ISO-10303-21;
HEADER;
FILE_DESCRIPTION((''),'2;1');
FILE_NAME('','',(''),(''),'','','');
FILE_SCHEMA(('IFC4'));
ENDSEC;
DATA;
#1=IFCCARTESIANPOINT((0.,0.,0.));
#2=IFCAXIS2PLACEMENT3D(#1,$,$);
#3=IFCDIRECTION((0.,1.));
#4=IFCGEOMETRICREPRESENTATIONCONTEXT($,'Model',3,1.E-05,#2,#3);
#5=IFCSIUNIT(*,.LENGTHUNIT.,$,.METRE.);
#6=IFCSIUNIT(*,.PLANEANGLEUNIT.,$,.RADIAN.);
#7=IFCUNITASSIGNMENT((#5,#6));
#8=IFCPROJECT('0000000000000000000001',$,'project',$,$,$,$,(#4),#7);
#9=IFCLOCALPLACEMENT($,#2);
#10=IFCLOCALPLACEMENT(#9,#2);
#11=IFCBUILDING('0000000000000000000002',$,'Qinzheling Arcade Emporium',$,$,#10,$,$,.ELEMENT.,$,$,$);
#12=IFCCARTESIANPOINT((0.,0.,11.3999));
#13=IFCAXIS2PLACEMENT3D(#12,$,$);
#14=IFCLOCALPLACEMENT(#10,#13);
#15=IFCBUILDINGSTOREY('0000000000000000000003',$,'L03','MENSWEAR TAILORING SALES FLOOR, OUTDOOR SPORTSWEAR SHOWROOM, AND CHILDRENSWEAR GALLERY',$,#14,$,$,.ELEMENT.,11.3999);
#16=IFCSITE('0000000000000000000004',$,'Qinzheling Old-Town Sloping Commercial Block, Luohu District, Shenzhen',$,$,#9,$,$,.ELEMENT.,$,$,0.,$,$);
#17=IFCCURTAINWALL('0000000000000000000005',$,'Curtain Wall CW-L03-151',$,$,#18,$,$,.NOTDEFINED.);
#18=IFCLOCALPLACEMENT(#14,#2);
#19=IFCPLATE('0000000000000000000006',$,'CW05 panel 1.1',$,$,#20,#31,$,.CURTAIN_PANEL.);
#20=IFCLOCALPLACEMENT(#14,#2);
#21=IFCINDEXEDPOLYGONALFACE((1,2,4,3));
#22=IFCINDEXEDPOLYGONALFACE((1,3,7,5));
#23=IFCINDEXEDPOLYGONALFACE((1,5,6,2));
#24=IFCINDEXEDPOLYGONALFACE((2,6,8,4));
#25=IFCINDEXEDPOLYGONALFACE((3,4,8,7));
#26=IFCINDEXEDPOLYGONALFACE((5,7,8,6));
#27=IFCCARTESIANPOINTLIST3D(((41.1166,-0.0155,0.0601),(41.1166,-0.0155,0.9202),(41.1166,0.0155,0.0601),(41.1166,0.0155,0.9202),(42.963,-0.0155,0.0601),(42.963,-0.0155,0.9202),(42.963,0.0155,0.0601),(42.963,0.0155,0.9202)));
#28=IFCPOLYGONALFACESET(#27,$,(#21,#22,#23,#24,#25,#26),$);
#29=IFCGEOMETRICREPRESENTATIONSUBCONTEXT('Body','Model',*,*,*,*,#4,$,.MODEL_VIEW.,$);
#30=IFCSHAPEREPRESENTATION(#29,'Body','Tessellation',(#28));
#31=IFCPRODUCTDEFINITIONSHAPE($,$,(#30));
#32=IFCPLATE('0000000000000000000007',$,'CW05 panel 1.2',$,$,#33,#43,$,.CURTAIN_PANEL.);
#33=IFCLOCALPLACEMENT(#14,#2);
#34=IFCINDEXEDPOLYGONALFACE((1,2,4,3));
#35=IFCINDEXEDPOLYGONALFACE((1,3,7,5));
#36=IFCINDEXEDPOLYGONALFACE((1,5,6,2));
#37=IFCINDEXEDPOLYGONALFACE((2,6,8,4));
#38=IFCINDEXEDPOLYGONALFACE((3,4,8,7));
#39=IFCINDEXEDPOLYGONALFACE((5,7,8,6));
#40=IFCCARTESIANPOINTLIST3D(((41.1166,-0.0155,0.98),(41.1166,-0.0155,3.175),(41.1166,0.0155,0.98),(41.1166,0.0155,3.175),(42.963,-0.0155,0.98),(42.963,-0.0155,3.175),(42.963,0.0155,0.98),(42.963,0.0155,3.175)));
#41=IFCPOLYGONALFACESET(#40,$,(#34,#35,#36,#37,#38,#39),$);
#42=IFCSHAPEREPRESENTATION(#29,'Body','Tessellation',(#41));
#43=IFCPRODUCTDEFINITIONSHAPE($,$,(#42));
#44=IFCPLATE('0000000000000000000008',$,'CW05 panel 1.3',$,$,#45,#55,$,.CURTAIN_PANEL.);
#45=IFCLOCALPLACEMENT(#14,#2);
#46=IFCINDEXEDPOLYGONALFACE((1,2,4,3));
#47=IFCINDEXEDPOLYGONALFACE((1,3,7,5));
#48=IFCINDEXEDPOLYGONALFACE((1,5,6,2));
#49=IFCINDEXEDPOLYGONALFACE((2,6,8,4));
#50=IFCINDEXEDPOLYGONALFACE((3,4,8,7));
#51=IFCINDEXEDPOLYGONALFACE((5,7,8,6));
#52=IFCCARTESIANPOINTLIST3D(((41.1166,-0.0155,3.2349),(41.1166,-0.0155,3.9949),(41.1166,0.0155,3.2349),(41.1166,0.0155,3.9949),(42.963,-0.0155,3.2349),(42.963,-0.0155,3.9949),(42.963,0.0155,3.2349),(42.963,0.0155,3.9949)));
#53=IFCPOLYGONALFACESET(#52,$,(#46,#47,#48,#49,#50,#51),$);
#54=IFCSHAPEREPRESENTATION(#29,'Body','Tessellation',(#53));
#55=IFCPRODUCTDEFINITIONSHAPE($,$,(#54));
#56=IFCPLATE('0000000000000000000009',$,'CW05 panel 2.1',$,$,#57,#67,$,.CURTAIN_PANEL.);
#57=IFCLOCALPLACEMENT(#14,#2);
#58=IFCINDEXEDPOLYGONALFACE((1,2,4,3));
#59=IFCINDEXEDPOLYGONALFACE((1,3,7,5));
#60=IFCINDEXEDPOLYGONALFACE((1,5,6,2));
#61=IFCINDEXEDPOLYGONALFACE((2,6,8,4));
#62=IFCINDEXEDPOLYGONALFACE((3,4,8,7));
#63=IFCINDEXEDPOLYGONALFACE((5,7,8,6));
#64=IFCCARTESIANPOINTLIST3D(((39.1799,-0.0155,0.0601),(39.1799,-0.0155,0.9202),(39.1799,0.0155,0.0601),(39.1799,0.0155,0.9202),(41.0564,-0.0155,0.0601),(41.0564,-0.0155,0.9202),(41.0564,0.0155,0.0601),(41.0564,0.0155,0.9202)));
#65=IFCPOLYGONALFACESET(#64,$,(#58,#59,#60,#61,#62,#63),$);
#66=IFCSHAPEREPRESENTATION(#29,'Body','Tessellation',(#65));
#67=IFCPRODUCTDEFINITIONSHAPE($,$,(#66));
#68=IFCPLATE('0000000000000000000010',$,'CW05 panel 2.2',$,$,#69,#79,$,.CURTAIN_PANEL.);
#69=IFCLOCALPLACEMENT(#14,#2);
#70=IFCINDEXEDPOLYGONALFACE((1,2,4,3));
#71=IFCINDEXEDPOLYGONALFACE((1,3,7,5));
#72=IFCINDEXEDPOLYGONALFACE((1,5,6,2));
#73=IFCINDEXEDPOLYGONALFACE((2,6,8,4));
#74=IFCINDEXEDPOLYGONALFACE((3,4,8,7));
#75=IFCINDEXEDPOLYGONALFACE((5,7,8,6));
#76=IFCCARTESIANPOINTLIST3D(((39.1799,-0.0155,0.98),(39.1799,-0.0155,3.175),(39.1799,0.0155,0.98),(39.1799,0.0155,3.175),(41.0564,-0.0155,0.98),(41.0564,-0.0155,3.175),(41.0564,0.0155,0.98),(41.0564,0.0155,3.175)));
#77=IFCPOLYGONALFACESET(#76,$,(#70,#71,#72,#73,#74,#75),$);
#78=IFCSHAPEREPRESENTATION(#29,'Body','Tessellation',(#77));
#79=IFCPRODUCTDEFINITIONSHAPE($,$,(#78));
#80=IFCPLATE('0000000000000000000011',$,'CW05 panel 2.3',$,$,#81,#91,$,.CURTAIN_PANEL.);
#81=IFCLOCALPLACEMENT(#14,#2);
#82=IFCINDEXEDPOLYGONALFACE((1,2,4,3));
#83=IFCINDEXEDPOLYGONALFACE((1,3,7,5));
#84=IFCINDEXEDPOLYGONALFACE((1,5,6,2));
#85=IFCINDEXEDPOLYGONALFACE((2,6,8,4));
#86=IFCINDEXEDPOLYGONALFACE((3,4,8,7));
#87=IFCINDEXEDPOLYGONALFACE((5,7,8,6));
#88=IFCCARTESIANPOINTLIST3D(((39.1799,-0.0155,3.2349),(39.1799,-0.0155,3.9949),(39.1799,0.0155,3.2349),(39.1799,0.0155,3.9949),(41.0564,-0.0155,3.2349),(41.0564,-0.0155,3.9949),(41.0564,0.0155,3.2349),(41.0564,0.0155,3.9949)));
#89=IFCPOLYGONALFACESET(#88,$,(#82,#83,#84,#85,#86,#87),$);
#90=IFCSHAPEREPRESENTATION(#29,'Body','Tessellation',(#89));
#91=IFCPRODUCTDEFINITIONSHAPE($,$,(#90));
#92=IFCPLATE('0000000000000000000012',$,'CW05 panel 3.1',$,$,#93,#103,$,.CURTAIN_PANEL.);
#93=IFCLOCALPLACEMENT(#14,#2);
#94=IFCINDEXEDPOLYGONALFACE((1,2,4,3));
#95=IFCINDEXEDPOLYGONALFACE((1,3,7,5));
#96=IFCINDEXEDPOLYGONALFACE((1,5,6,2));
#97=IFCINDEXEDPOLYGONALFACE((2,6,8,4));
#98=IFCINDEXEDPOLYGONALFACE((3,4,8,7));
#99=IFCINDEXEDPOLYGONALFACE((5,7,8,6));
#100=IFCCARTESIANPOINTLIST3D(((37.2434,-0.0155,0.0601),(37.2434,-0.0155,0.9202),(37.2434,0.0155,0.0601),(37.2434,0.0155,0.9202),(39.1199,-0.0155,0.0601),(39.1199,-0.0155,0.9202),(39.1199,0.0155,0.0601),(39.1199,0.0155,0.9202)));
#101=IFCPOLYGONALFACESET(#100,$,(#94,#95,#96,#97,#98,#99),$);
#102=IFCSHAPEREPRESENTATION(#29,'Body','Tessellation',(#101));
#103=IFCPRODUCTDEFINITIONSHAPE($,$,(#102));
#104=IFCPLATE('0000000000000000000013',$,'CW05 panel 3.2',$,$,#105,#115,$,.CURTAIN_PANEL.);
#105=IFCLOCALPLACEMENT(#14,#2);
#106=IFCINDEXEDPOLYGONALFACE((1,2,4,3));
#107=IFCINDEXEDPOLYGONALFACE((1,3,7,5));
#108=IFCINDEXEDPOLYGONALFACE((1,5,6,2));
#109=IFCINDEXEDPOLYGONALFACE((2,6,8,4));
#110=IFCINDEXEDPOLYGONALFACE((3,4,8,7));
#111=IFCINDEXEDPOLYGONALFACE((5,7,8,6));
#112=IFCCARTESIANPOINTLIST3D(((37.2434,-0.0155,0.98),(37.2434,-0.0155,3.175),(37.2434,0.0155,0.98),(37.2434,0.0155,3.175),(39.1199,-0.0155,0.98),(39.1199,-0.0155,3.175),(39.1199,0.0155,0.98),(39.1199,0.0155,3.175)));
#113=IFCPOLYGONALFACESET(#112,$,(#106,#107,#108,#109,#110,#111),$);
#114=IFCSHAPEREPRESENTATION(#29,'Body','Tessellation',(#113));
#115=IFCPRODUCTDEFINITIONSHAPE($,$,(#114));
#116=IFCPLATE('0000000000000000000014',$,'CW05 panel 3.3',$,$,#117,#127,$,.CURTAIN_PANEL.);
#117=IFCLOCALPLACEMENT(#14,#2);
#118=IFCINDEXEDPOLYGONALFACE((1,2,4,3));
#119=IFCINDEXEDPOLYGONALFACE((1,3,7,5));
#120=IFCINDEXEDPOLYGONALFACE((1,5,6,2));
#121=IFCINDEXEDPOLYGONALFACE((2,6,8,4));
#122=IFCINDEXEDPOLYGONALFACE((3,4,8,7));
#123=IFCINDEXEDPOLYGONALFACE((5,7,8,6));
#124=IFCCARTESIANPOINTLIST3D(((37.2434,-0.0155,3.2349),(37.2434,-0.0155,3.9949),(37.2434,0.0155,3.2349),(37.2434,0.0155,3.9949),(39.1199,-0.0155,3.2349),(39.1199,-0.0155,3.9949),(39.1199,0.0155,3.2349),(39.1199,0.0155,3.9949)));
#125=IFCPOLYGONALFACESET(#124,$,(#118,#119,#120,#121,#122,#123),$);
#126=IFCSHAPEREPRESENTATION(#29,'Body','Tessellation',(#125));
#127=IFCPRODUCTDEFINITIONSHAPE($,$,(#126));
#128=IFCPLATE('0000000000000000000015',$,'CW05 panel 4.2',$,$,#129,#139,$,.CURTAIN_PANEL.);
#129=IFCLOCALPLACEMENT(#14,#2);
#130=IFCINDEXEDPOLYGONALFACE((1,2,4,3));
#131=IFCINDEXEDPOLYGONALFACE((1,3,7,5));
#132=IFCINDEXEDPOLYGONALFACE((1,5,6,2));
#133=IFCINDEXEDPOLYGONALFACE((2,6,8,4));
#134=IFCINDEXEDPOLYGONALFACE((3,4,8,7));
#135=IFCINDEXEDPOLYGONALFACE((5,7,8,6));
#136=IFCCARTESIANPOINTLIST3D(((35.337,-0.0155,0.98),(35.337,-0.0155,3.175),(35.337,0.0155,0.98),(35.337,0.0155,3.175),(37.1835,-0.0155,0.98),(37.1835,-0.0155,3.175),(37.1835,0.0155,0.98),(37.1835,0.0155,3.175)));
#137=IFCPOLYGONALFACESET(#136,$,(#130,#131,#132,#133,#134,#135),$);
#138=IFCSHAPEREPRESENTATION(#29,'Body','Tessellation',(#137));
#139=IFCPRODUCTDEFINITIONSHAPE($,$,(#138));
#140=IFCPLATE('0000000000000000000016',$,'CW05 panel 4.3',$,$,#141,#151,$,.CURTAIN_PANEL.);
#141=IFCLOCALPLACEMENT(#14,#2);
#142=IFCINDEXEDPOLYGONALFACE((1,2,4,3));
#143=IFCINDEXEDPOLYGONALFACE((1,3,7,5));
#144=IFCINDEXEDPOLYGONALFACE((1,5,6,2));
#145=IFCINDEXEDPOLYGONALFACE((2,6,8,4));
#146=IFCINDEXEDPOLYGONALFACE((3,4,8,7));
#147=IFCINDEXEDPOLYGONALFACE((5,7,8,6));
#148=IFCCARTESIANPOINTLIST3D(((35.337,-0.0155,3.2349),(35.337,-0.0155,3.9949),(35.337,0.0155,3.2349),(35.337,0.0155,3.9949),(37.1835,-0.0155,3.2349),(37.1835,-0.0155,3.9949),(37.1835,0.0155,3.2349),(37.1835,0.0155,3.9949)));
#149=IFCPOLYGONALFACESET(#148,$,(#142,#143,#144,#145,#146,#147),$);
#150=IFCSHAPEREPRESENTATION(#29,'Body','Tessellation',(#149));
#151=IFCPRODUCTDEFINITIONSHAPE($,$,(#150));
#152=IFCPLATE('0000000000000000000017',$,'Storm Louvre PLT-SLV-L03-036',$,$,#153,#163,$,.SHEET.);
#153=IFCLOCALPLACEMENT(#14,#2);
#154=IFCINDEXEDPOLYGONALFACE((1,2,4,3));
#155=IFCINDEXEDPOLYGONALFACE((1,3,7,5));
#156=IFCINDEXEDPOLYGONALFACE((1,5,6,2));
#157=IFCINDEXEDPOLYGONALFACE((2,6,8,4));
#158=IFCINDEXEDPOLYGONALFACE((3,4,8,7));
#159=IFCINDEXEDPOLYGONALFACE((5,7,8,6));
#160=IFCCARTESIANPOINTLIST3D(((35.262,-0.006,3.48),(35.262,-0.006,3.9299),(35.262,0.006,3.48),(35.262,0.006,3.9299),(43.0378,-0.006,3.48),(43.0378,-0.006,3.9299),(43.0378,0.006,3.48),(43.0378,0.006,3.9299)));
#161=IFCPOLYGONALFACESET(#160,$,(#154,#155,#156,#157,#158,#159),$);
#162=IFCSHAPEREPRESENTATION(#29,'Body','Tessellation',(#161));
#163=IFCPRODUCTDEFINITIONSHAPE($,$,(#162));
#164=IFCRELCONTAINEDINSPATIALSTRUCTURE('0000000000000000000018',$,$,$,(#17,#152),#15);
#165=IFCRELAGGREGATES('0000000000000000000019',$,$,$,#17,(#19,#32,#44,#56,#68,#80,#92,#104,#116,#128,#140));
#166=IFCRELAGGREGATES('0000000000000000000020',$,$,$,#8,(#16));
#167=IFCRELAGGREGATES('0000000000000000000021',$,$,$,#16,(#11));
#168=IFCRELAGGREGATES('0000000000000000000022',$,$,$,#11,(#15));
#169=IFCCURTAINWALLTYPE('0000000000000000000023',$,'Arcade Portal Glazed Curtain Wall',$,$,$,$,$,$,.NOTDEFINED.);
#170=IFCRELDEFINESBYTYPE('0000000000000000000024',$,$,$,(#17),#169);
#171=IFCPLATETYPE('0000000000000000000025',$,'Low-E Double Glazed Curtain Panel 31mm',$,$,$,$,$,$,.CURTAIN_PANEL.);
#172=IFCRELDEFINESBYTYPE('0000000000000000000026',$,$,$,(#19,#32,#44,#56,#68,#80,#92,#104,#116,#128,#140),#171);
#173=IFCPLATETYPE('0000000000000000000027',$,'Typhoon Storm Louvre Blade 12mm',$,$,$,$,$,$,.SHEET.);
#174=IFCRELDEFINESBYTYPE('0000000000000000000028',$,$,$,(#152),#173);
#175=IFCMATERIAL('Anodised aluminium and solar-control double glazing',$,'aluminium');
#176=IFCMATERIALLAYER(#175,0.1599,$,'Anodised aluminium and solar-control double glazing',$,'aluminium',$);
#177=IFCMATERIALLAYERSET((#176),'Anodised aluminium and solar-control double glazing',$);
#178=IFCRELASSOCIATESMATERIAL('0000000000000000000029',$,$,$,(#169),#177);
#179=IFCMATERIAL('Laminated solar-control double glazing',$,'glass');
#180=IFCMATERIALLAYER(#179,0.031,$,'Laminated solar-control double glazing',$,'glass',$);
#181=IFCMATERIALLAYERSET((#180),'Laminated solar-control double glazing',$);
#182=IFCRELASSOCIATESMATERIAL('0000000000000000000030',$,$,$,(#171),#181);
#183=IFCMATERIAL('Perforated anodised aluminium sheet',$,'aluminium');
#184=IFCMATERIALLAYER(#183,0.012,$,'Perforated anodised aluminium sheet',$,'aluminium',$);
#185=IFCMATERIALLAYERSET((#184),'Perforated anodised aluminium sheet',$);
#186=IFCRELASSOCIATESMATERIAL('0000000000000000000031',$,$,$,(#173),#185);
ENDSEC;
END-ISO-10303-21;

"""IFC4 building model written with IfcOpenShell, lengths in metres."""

from ifc_helpers import new_model, si_unit, direction, frame, origin, origin_2d, place, context, subcontext, project, spatial, rectangle, extrude, material, layer, layer_set, type_object, element, aggregate, save


model = new_model("IFC4")

# Units and contexts
model_context = context("Model", 3, precision=1e-05, world=origin(), true_north=direction((0.0, 1.0)))
body_context = subcontext(model_context, "Body", "Model", "MODEL_VIEW")
ifc_project = project(units=[si_unit("LENGTHUNIT", "METRE"), si_unit("PLANEANGLEUNIT", "RADIAN")], contexts=[model_context])

# Site, building, storey
site_placement = place(None, origin())
site = spatial("IfcSite", under=ifc_project, at=site_placement, Name="Qinzheling Old-Town Sloping Commercial Block, Luohu District, Shenzhen", CompositionType="ELEMENT", RefElevation=0.0)
building_placement = place(site_placement, origin())
building = spatial("IfcBuilding", under=site, at=building_placement, Name="Qinzheling Arcade Emporium", CompositionType="ELEMENT")
storey_placement = place(building_placement, frame((0.0, 0.0, 11.3999)))
storey = spatial("IfcBuildingStorey", under=building, at=storey_placement, Name="L03", Description="MENSWEAR TAILORING SALES FLOOR, OUTDOOR SPORTSWEAR SHOWROOM, AND CHILDRENSWEAR GALLERY", CompositionType="ELEMENT", Elevation=11.3999)

# Shared definitions
ifc_material_1 = material(Name="Anodised aluminium and solar-control double glazing", Category="aluminium")
ifc_layer_1 = layer(ifc_material_1, 0.1599, Name="Anodised aluminium and solar-control double glazing", Category="aluminium")
ifc_layer_set_1 = layer_set([ifc_layer_1], Name="Anodised aluminium and solar-control double glazing")
curtain_wall_type = type_object("IfcCurtainWallType", Name="Arcade Portal Glazed Curtain Wall", PredefinedType="NOTDEFINED", material=ifc_layer_set_1)

# Curtain wall
curtain_wall_1_placement = place(storey_placement, origin())
curtain_wall_1 = element("IfcCurtainWall", 1, at=curtain_wall_1_placement, inside=storey, type_object=curtain_wall_type, Name="Curtain Wall CW-L03-151", PredefinedType="NOTDEFINED")

# Plates
ifc_material_2 = material(Name="Laminated solar-control double glazing", Category="glass")
ifc_layer_2 = layer(ifc_material_2, 0.031, Name="Laminated solar-control double glazing", Category="glass")
ifc_layer_set_2 = layer_set([ifc_layer_2], Name="Laminated solar-control double glazing")
plate_type_1 = type_object("IfcPlateType", Name="Low-E Double Glazed Curtain Panel 31mm", PredefinedType="CURTAIN_PANEL", material=ifc_layer_set_2)
plate_1_placement = place(storey_placement, frame((42.0398, 0.0, 0.0601), z_axis=(0.0, 0.0, 1.0), x_axis=(-1.0, 0.0, 0.0)))
plate_1 = element("IfcPlate", 2, at=plate_1_placement, type_object=plate_type_1, Name="CW05 panel 1.1", PredefinedType="CURTAIN_PANEL", context=body_context, shape_type="SweptSolid", body=[
    extrude(rectangle(XDim=1.8464, YDim=0.031, at=origin_2d()), origin(), (0.0, 0.0, 1.0), 0.8601),
])
plate_2_placement = place(storey_placement, frame((42.0398, 0.0, 0.98), z_axis=(0.0, 0.0, 1.0), x_axis=(-1.0, 0.0, 0.0)))
plate_2 = element("IfcPlate", 3, at=plate_2_placement, type_object=plate_type_1, Name="CW05 panel 1.2", PredefinedType="CURTAIN_PANEL", context=body_context, shape_type="SweptSolid", body=[
    extrude(rectangle(XDim=1.8464, YDim=0.031, at=origin_2d()), origin(), (0.0, 0.0, 1.0), 2.1951),
])
plate_3_placement = place(storey_placement, frame((42.0398, 0.0, 3.2349), z_axis=(0.0, 0.0, 1.0), x_axis=(-1.0, 0.0, 0.0)))
plate_3 = element("IfcPlate", 4, at=plate_3_placement, type_object=plate_type_1, Name="CW05 panel 1.3", PredefinedType="CURTAIN_PANEL", context=body_context, shape_type="SweptSolid", body=[
    extrude(rectangle(XDim=1.8464, YDim=0.031, at=origin_2d()), origin(), (0.0, 0.0, 1.0), 0.76),
])
plate_4_placement = place(storey_placement, frame((40.1182, 0.0, 0.0601), z_axis=(0.0, 0.0, 1.0), x_axis=(-1.0, 0.0, 0.0)))
plate_4 = element("IfcPlate", 5, at=plate_4_placement, type_object=plate_type_1, Name="CW05 panel 2.1", PredefinedType="CURTAIN_PANEL", context=body_context, shape_type="SweptSolid", body=[
    extrude(rectangle(XDim=1.8765, YDim=0.031, at=origin_2d()), origin(), (0.0, 0.0, 1.0), 0.8601),
])
plate_5_placement = place(storey_placement, frame((40.1182, 0.0, 0.98), z_axis=(0.0, 0.0, 1.0), x_axis=(-1.0, 0.0, 0.0)))
plate_5 = element("IfcPlate", 6, at=plate_5_placement, type_object=plate_type_1, Name="CW05 panel 2.2", PredefinedType="CURTAIN_PANEL", context=body_context, shape_type="SweptSolid", body=[
    extrude(rectangle(XDim=1.8765, YDim=0.031, at=origin_2d()), origin(), (0.0, 0.0, 1.0), 2.1951),
])
plate_6_placement = place(storey_placement, frame((40.1182, 0.0, 3.2349), z_axis=(0.0, 0.0, 1.0), x_axis=(-1.0, 0.0, 0.0)))
plate_6 = element("IfcPlate", 7, at=plate_6_placement, type_object=plate_type_1, Name="CW05 panel 2.3", PredefinedType="CURTAIN_PANEL", context=body_context, shape_type="SweptSolid", body=[
    extrude(rectangle(XDim=1.8765, YDim=0.031, at=origin_2d()), origin(), (0.0, 0.0, 1.0), 0.76),
])
plate_7_placement = place(storey_placement, frame((38.1816, 0.0, 0.0601), z_axis=(0.0, 0.0, 1.0), x_axis=(-1.0, 0.0, 0.0)))
plate_7 = element("IfcPlate", 8, at=plate_7_placement, type_object=plate_type_1, Name="CW05 panel 3.1", PredefinedType="CURTAIN_PANEL", context=body_context, shape_type="SweptSolid", body=[
    extrude(rectangle(XDim=1.8765, YDim=0.031, at=origin_2d()), origin(), (0.0, 0.0, 1.0), 0.8601),
])
plate_8_placement = place(storey_placement, frame((38.1816, 0.0, 0.98), z_axis=(0.0, 0.0, 1.0), x_axis=(-1.0, 0.0, 0.0)))
plate_8 = element("IfcPlate", 9, at=plate_8_placement, type_object=plate_type_1, Name="CW05 panel 3.2", PredefinedType="CURTAIN_PANEL", context=body_context, shape_type="SweptSolid", body=[
    extrude(rectangle(XDim=1.8765, YDim=0.031, at=origin_2d()), origin(), (0.0, 0.0, 1.0), 2.1951),
])
plate_9_placement = place(storey_placement, frame((38.1816, 0.0, 3.2349), z_axis=(0.0, 0.0, 1.0), x_axis=(-1.0, 0.0, 0.0)))
plate_9 = element("IfcPlate", 10, at=plate_9_placement, type_object=plate_type_1, Name="CW05 panel 3.3", PredefinedType="CURTAIN_PANEL", context=body_context, shape_type="SweptSolid", body=[
    extrude(rectangle(XDim=1.8765, YDim=0.031, at=origin_2d()), origin(), (0.0, 0.0, 1.0), 0.76),
])
plate_10_placement = place(storey_placement, frame((36.2603, 0.0, 0.98), z_axis=(0.0, 0.0, 1.0), x_axis=(-1.0, 0.0, 0.0)))
plate_10 = element("IfcPlate", 11, at=plate_10_placement, type_object=plate_type_1, Name="CW05 panel 4.2", PredefinedType="CURTAIN_PANEL", context=body_context, shape_type="SweptSolid", body=[
    extrude(rectangle(XDim=1.8464, YDim=0.031, at=origin_2d()), origin(), (0.0, 0.0, 1.0), 2.1951),
])
plate_11_placement = place(storey_placement, frame((36.2603, 0.0, 3.2349), z_axis=(0.0, 0.0, 1.0), x_axis=(-1.0, 0.0, 0.0)))
plate_11 = element("IfcPlate", 12, at=plate_11_placement, type_object=plate_type_1, Name="CW05 panel 4.3", PredefinedType="CURTAIN_PANEL", context=body_context, shape_type="SweptSolid", body=[
    extrude(rectangle(XDim=1.8464, YDim=0.031, at=origin_2d()), origin(), (0.0, 0.0, 1.0), 0.76),
])
aggregate(curtain_wall_1, [plate_1, plate_2, plate_3, plate_4, plate_5, plate_6, plate_7, plate_8, plate_9, plate_10, plate_11])
ifc_material_3 = material(Name="Perforated anodised aluminium sheet", Category="aluminium")
ifc_layer_3 = layer(ifc_material_3, 0.012, Name="Perforated anodised aluminium sheet", Category="aluminium")
ifc_layer_set_3 = layer_set([ifc_layer_3], Name="Perforated anodised aluminium sheet")
plate_type_2 = type_object("IfcPlateType", Name="Typhoon Storm Louvre Blade 12mm", PredefinedType="SHEET", material=ifc_layer_set_3)
plate_12_placement = place(storey_placement, frame((39.1499, 0.0, 3.48), z_axis=(0.0, 0.0, 1.0), x_axis=(-1.0, 0.0, 0.0)))
element("IfcPlate", 13, at=plate_12_placement, inside=storey, type_object=plate_type_2, Name="Storm Louvre PLT-SLV-L03-036", PredefinedType="SHEET", context=body_context, shape_type="SweptSolid", body=[
    extrude(rectangle(XDim=7.7759, YDim=0.012, at=origin_2d()), origin(), (0.0, 0.0, 1.0), 0.45),
])

save(model, "model.ifc")
